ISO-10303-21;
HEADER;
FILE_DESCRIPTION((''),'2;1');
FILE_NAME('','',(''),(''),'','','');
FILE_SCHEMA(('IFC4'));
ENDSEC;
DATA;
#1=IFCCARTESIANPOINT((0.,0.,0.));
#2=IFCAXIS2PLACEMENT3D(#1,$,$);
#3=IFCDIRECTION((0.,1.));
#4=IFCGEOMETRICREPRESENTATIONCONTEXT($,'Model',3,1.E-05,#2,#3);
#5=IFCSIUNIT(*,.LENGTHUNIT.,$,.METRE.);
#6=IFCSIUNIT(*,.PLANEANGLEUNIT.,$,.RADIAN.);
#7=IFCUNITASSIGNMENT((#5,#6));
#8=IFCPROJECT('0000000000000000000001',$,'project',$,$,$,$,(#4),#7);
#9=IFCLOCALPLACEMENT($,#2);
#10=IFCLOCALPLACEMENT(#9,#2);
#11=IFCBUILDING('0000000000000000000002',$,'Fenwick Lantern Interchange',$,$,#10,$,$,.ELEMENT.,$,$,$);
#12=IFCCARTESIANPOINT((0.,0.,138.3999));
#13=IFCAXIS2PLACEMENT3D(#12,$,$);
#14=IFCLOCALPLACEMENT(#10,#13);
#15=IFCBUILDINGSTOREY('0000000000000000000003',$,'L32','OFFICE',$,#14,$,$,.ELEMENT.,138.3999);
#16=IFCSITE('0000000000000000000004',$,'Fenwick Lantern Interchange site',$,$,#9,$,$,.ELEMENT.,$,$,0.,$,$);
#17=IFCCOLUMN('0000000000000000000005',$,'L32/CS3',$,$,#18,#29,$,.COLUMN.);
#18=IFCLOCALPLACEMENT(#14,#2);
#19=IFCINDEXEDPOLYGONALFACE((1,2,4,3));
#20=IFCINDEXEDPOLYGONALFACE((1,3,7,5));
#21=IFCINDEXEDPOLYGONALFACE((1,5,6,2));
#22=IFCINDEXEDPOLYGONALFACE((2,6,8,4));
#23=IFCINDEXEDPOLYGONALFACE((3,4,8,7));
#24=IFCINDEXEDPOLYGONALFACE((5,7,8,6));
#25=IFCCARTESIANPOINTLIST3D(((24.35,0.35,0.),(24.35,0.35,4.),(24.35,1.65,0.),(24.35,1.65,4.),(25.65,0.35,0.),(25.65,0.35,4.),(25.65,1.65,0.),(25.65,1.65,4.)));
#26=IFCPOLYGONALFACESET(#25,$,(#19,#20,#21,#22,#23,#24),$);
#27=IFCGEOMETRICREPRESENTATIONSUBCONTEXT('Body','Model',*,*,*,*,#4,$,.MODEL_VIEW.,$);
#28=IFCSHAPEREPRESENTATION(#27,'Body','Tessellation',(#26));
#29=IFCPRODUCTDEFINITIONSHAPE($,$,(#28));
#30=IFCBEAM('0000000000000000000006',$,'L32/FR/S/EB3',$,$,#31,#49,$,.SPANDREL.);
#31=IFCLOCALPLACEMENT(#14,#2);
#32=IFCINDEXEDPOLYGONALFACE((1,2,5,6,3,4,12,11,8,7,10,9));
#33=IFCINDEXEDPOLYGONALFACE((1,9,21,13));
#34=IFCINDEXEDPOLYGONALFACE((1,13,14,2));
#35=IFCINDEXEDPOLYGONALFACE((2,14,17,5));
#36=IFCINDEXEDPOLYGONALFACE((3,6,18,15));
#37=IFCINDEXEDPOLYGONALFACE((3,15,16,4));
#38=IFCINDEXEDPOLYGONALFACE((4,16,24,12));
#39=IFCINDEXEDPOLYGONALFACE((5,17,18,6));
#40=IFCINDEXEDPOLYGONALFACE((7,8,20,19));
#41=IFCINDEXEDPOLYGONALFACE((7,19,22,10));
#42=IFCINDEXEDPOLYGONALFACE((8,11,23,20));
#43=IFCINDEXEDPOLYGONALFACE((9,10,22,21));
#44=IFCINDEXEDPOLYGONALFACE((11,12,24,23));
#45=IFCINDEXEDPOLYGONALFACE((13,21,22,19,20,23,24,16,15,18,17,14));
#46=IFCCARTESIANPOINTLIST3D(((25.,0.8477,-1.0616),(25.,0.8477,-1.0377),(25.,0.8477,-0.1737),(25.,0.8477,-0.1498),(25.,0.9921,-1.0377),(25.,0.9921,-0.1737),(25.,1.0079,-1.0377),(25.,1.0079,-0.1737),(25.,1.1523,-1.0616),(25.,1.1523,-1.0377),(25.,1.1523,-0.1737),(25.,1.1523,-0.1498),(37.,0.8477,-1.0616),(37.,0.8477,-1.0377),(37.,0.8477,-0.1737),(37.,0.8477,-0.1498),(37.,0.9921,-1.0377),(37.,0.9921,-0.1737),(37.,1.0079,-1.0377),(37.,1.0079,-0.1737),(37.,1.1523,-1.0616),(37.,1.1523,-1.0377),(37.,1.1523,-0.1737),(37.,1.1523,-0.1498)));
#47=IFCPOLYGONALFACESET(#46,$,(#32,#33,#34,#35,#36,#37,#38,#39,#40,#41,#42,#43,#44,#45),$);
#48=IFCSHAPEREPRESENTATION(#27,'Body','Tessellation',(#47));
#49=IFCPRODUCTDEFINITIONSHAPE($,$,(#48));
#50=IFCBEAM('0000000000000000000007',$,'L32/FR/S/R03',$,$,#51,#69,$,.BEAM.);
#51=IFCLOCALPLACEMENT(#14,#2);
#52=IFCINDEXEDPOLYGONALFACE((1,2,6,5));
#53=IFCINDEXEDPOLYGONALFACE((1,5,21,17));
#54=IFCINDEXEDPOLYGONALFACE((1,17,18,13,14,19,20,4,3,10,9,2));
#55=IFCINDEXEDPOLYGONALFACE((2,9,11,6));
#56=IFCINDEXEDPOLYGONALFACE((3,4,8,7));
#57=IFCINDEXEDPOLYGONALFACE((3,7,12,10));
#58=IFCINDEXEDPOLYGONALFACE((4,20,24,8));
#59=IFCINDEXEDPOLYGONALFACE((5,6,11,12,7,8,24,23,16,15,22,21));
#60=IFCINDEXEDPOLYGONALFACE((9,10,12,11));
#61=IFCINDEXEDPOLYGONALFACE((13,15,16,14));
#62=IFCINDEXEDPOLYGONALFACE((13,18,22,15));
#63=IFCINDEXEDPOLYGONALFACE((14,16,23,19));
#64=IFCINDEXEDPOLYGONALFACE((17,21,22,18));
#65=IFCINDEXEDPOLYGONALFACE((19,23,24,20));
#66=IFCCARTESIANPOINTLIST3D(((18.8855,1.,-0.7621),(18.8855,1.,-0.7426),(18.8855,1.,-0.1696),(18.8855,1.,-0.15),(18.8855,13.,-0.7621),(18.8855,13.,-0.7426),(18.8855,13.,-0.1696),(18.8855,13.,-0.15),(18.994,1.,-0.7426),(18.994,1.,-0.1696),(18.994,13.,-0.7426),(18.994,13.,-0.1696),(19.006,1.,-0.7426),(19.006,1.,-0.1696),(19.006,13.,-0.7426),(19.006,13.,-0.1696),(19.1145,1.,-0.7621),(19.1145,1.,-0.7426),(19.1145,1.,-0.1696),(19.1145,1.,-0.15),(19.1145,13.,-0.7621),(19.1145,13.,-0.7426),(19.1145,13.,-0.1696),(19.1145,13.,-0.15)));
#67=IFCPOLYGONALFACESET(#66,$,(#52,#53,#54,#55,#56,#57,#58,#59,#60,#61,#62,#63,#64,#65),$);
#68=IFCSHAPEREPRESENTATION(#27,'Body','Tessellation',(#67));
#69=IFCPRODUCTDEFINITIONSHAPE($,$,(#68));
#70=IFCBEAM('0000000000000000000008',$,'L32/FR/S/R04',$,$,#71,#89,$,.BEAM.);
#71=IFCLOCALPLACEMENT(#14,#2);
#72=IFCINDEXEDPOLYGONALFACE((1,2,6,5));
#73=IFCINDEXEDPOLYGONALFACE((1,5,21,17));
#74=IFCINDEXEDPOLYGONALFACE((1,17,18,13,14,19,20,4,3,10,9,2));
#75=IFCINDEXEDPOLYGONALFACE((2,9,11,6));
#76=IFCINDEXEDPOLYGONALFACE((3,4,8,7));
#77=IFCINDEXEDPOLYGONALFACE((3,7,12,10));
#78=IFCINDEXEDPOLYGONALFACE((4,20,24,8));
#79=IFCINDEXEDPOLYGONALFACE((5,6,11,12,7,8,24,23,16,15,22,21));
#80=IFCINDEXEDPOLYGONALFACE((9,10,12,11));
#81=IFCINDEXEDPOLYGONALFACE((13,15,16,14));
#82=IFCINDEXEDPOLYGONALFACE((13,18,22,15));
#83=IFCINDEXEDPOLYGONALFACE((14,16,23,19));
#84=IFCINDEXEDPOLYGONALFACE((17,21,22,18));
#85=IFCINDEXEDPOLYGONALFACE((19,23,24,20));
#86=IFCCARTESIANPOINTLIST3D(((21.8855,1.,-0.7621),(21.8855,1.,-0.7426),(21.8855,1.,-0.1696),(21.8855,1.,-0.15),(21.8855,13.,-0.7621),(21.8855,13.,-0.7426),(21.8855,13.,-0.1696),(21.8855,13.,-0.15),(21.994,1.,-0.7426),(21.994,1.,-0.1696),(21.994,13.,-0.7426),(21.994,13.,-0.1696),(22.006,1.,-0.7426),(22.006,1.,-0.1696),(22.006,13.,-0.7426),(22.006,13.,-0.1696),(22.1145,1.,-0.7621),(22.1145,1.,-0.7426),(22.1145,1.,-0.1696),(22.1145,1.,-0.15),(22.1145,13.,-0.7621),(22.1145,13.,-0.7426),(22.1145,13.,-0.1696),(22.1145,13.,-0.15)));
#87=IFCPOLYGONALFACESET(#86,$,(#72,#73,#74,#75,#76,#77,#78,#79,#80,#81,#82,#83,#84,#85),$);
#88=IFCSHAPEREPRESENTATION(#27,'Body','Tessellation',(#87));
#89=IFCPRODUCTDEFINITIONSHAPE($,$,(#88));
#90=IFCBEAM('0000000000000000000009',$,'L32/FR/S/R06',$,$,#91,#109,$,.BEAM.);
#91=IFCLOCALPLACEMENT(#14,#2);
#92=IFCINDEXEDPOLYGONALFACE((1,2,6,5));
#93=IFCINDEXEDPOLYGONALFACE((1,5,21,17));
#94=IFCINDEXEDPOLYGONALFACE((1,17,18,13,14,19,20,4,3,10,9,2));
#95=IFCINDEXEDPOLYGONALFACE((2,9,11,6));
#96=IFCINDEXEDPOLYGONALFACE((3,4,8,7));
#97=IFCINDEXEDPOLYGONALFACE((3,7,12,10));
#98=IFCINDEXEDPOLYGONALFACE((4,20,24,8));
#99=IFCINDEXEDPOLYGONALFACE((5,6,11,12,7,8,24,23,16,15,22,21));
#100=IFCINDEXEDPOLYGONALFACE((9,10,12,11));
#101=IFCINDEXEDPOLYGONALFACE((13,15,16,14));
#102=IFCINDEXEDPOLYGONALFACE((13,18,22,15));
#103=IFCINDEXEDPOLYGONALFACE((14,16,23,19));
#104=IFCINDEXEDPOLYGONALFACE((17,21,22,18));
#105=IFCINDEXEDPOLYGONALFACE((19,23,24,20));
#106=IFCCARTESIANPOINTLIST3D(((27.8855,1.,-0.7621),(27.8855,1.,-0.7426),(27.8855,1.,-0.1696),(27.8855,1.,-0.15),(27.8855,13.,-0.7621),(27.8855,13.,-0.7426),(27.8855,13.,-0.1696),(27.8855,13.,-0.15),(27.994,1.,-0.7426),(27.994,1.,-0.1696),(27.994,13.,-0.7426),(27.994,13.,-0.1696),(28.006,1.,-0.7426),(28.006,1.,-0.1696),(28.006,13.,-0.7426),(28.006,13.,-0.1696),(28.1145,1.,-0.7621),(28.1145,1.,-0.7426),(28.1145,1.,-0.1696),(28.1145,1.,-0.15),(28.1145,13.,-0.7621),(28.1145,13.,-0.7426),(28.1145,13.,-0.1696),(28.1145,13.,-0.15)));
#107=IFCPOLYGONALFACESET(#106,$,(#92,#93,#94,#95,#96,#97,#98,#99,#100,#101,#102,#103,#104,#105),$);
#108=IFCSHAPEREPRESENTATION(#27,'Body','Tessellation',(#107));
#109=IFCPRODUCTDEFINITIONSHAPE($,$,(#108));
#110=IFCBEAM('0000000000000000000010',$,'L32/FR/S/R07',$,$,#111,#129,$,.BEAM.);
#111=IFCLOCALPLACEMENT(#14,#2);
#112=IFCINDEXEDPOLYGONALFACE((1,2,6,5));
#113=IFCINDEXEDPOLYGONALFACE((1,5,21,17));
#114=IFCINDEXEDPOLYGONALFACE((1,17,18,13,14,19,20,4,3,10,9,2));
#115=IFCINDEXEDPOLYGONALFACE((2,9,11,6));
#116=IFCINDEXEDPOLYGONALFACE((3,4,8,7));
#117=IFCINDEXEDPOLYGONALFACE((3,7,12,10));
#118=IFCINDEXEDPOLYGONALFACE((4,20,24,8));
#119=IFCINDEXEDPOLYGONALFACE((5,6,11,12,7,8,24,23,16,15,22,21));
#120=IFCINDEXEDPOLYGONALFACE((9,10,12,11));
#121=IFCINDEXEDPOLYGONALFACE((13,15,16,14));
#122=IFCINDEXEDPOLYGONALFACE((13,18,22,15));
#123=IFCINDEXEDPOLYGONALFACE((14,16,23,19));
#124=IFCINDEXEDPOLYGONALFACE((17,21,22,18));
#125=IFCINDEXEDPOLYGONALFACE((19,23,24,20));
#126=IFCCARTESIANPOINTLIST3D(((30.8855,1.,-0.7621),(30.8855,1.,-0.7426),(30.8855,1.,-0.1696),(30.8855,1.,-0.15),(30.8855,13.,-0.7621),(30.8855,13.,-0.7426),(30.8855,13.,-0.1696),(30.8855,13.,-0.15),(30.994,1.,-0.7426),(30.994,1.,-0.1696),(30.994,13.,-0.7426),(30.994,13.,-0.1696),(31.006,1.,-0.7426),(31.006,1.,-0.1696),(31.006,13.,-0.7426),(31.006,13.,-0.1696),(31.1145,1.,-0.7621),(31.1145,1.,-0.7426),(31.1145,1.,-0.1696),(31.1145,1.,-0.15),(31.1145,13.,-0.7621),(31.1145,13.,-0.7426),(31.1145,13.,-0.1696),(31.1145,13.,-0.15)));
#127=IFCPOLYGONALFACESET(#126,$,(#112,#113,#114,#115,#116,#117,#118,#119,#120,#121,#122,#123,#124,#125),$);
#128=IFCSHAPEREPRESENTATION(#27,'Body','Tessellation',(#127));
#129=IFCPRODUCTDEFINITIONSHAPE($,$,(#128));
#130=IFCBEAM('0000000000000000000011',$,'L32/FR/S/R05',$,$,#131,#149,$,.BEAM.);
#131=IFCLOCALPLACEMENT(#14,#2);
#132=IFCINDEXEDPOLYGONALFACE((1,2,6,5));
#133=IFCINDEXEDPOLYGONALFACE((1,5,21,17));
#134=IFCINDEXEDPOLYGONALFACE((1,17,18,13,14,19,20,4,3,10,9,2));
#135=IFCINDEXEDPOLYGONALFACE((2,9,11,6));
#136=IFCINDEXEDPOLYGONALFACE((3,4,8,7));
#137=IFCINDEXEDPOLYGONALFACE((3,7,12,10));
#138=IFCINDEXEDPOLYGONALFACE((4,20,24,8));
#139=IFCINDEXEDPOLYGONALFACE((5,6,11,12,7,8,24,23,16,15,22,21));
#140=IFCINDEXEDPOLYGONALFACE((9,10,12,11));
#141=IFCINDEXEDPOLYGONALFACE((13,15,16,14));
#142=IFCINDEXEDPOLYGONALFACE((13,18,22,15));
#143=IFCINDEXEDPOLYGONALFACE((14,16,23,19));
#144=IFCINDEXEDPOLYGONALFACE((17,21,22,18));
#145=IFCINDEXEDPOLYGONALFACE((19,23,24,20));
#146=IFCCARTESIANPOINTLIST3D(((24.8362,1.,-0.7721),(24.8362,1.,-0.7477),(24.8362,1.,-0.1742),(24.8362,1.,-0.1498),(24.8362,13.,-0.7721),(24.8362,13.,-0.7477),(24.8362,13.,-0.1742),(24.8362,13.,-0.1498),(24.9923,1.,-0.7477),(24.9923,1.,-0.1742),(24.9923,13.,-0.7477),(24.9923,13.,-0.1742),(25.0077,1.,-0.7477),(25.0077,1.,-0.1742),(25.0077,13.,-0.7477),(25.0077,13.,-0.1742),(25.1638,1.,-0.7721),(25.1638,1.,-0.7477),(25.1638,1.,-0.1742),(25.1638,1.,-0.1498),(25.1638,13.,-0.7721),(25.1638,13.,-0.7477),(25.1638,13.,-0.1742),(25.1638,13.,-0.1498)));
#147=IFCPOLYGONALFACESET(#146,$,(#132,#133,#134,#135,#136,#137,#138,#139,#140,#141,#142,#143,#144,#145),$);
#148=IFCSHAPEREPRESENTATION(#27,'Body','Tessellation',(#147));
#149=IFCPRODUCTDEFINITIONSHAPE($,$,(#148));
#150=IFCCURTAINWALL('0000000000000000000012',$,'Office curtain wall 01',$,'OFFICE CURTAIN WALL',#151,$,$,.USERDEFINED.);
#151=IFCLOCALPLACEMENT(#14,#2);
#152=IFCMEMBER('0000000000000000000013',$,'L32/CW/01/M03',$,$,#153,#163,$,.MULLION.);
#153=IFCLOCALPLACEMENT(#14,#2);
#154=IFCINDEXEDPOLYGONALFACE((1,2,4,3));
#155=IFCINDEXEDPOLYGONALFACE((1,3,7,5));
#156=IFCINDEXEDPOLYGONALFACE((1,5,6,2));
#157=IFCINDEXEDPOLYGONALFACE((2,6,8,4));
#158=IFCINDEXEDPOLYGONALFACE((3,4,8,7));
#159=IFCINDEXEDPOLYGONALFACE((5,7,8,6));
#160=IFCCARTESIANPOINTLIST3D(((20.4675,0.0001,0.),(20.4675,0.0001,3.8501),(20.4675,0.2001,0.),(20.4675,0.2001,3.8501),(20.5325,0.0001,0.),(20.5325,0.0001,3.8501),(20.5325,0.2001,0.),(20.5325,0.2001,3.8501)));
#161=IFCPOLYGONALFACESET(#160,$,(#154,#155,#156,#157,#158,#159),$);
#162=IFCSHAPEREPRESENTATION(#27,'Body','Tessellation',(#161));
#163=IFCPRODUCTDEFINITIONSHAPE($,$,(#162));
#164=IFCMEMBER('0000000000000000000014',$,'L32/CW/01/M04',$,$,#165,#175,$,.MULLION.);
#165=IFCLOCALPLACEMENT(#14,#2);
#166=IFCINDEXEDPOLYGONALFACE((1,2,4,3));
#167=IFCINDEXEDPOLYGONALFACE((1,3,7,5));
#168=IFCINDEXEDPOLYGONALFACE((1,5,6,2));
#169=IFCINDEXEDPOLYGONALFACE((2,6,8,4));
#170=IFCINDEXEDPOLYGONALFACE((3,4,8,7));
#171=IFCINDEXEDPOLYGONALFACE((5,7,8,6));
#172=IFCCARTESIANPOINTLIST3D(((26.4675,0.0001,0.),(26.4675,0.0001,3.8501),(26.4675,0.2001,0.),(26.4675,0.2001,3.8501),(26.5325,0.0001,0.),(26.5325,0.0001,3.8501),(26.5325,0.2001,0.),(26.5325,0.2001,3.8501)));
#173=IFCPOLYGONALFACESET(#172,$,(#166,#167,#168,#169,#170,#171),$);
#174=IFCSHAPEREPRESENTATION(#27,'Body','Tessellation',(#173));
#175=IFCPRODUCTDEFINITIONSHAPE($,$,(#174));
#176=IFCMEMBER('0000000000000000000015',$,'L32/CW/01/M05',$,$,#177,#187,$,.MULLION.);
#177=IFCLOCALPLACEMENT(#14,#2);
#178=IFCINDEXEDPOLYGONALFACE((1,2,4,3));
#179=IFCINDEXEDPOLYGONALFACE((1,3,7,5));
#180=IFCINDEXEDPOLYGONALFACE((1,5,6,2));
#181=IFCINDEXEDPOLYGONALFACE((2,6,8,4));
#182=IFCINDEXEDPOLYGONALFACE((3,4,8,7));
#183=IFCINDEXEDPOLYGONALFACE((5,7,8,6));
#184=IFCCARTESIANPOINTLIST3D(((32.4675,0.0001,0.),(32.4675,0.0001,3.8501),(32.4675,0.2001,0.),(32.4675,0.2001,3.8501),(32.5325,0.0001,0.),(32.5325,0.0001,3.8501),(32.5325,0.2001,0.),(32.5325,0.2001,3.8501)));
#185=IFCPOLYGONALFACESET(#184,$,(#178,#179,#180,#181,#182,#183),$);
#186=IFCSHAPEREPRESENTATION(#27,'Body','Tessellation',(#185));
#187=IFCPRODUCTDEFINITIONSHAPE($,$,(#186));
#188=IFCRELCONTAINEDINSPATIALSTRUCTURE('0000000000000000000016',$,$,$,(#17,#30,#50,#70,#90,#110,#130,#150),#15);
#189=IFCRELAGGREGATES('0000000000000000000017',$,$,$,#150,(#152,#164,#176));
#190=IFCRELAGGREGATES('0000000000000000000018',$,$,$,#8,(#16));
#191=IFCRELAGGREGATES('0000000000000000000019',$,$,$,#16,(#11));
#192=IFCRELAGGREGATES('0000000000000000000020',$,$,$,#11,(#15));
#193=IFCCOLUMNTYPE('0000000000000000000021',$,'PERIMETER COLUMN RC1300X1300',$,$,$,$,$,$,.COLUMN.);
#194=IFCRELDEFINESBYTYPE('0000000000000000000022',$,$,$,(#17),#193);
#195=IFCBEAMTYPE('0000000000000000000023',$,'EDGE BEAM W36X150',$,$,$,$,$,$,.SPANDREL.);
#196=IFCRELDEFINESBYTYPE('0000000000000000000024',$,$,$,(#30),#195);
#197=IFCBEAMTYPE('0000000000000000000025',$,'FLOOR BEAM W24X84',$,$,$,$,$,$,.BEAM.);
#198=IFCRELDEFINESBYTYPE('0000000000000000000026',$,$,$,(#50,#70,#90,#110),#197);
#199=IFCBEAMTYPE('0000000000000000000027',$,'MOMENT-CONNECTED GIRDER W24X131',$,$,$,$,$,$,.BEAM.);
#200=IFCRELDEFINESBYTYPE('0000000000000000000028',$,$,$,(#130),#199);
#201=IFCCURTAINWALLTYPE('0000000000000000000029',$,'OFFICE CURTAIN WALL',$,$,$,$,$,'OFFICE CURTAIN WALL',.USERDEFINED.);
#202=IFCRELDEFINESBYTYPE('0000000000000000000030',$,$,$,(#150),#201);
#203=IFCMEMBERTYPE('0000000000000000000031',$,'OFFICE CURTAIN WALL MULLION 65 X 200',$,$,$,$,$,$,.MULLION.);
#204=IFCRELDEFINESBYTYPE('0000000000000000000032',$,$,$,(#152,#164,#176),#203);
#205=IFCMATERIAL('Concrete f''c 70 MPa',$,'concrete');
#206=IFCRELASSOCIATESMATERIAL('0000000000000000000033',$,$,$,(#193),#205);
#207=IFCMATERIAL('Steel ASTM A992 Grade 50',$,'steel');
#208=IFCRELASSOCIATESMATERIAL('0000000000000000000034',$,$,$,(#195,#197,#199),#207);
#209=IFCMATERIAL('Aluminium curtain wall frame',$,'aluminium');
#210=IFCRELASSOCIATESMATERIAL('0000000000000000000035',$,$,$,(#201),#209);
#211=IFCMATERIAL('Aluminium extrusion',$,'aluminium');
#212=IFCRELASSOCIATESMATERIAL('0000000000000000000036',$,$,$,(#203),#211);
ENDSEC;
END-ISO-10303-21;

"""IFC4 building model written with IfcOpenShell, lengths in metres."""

from ifc_helpers import new_model, si_unit, direction, frame, origin, origin_2d, place, context, subcontext, project, spatial, rectangle, i_section, extrude, material, material_profile, profile_set, type_object, element, aggregate, save


model = new_model("IFC4")

# Units and contexts
model_context = context("Model", 3, precision=1e-05, world=origin(), true_north=direction((0.0, 1.0)))
body_context = subcontext(model_context, "Body", "Model", "MODEL_VIEW")
ifc_project = project(units=[si_unit("LENGTHUNIT", "METRE"), si_unit("PLANEANGLEUNIT", "RADIAN")], contexts=[model_context])

# Site, building, storey
site_placement = place(None, origin())
site = spatial("IfcSite", under=ifc_project, at=site_placement, Name="Fenwick Lantern Interchange site", CompositionType="ELEMENT", RefElevation=0.0)
building_placement = place(site_placement, origin())
building = spatial("IfcBuilding", under=site, at=building_placement, Name="Fenwick Lantern Interchange", CompositionType="ELEMENT")
storey_placement = place(building_placement, frame((0.0, 0.0, 138.3999)))
storey = spatial("IfcBuildingStorey", under=building, at=storey_placement, Name="L32", Description="OFFICE", CompositionType="ELEMENT", Elevation=138.3999)

# Column
ifc_material_1 = material(Name="Concrete f'c 70 MPa", Category="concrete")
ifc_material_profile_1 = material_profile(ifc_material_1, rectangle(XDim=1.3, YDim=1.3, at=origin_2d()), Name="RC1300X1300")
ifc_profile_set_1 = profile_set([ifc_material_profile_1], Name="Concrete f'c 70 MPa")
column_type = type_object("IfcColumnType", Name="PERIMETER COLUMN RC1300X1300", PredefinedType="COLUMN", material=ifc_profile_set_1)
column_placement = place(storey_placement, frame((25.0, 1.0, 0.0), z_axis=(0.0, 0.0, 1.0), x_axis=(1.0, 0.0, 0.0)))
element("IfcColumn", 1, at=column_placement, inside=storey, type_object=column_type, Name="L32/CS3", PredefinedType="COLUMN", context=body_context, shape_type="SweptSolid", body=[
    extrude(rectangle(XDim=1.3, YDim=1.3, at=origin_2d()), origin(), (0.0, 0.0, 1.0), 4.0),
])

# Beams
ifc_material_2 = material(Name="Steel ASTM A992 Grade 50", Category="steel")
ifc_material_profile_2 = material_profile(ifc_material_2, i_section(OverallWidth=0.3047, OverallDepth=0.9119, WebThickness=0.0159, FlangeThickness=0.0239, at=origin_2d()), Name="W36X150")
ifc_profile_set_2 = profile_set([ifc_material_profile_2], Name="Steel ASTM A992 Grade 50")
beam_type_1 = type_object("IfcBeamType", Name="EDGE BEAM W36X150", PredefinedType="SPANDREL", material=ifc_profile_set_2)
beam_1_placement = place(storey_placement, frame((25.0, 1.0, -0.6057), z_axis=(1.0, 0.0, 0.0), x_axis=(0.0, 1.0, 0.0)))
element("IfcBeam", 2, at=beam_1_placement, inside=storey, type_object=beam_type_1, Name="L32/FR/S/EB3", PredefinedType="SPANDREL", context=body_context, shape_type="SweptSolid", body=[
    extrude(i_section(OverallWidth=0.3047, OverallDepth=0.9119, WebThickness=0.0159, FlangeThickness=0.0239, at=origin_2d()), origin(), (0.0, 0.0, 1.0), 12.0),
])
ifc_material_profile_3 = material_profile(ifc_material_2, i_section(OverallWidth=0.229, OverallDepth=0.6121, WebThickness=0.012, FlangeThickness=0.0195, at=origin_2d()), Name="W24X84")
ifc_profile_set_3 = profile_set([ifc_material_profile_3], Name="Steel ASTM A992 Grade 50")
beam_type_2 = type_object("IfcBeamType", Name="FLOOR BEAM W24X84", PredefinedType="BEAM", material=ifc_profile_set_3)
for number, where, z_axis, x_axis, name in (
    (3, (19.0, 1.0, -0.4561), (0.0, 1.0, 0.0), (-1.0, 0.0, 0.0), "L32/FR/S/R03"),
    (4, (22.0, 1.0, -0.4561), (0.0, 1.0, 0.0), (-1.0, 0.0, 0.0), "L32/FR/S/R04"),
    (5, (28.0, 1.0, -0.4561), (0.0, 1.0, 0.0), (-1.0, 0.0, 0.0), "L32/FR/S/R06"),
    (6, (31.0, 1.0, -0.4561), (0.0, 1.0, 0.0), (-1.0, 0.0, 0.0), "L32/FR/S/R07"),
):
    element("IfcBeam", number, at=place(storey_placement, frame(where, z_axis=z_axis, x_axis=x_axis)), inside=storey, type_object=beam_type_2, Name=name, PredefinedType="BEAM", context=body_context, shape_type="SweptSolid", body=[
        extrude(i_section(OverallWidth=0.229, OverallDepth=0.6121, WebThickness=0.012, FlangeThickness=0.0195, at=origin_2d()), origin(), (0.0, 0.0, 1.0), 12.0),
    ])
ifc_material_profile_4 = material_profile(ifc_material_2, i_section(OverallWidth=0.3276, OverallDepth=0.6223, WebThickness=0.0154, FlangeThickness=0.0244, at=origin_2d()), Name="W24X131")
ifc_profile_set_4 = profile_set([ifc_material_profile_4], Name="Steel ASTM A992 Grade 50")
beam_type_3 = type_object("IfcBeamType", Name="MOMENT-CONNECTED GIRDER W24X131", PredefinedType="BEAM", material=ifc_profile_set_4)
beam_2_placement = place(storey_placement, frame((25.0, 1.0, -0.4609), z_axis=(0.0, 1.0, 0.0), x_axis=(-1.0, 0.0, 0.0)))
element("IfcBeam", 7, at=beam_2_placement, inside=storey, type_object=beam_type_3, Name="L32/FR/S/R05", PredefinedType="BEAM", context=body_context, shape_type="SweptSolid", body=[
    extrude(i_section(OverallWidth=0.3276, OverallDepth=0.6223, WebThickness=0.0154, FlangeThickness=0.0244, at=origin_2d()), origin(), (0.0, 0.0, 1.0), 12.0),
])

# Curtain wall, members
ifc_material_3 = material(Name="Aluminium curtain wall frame", Category="aluminium")
curtain_wall_type = type_object("IfcCurtainWallType", Name="OFFICE CURTAIN WALL", ElementType="OFFICE CURTAIN WALL", PredefinedType="USERDEFINED", material=ifc_material_3)
curtain_wall_placement = place(storey_placement, origin())
curtain_wall = element("IfcCurtainWall", 8, at=curtain_wall_placement, inside=storey, type_object=curtain_wall_type, Name="Office curtain wall 01", ObjectType="OFFICE CURTAIN WALL", PredefinedType="USERDEFINED")
ifc_material_4 = material(Name="Aluminium extrusion", Category="aluminium")
ifc_material_profile_5 = material_profile(ifc_material_4, rectangle(XDim=0.2, YDim=0.0649, at=origin_2d()), Name="OFFICE CURTAIN WALL MULLION 65 X 200")
ifc_profile_set_5 = profile_set([ifc_material_profile_5], Name="Aluminium extrusion")
member_type_1 = type_object("IfcMemberType", Name="OFFICE CURTAIN WALL MULLION 65 X 200", PredefinedType="MULLION", material=ifc_profile_set_5)
member_1_placement = place(storey_placement, frame((20.5, 0.1001, 0.0), z_axis=(0.0, 0.0, 1.0), x_axis=(0.0, 1.0, 0.0)))
member_1 = element("IfcMember", 9, at=member_1_placement, type_object=member_type_1, Name="L32/CW/01/M03", PredefinedType="MULLION", context=body_context, shape_type="SweptSolid", body=[
    extrude(rectangle(XDim=0.2, YDim=0.0649, at=origin_2d()), origin(), (0.0, 0.0, 1.0), 3.8501),
])
member_2_placement = place(storey_placement, frame((26.5, 0.1001, 0.0), z_axis=(0.0, 0.0, 1.0), x_axis=(0.0, 1.0, 0.0)))
member_2 = element("IfcMember", 10, at=member_2_placement, type_object=member_type_1, Name="L32/CW/01/M04", PredefinedType="MULLION", context=body_context, shape_type="SweptSolid", body=[
    extrude(rectangle(XDim=0.2, YDim=0.0649, at=origin_2d()), origin(), (0.0, 0.0, 1.0), 3.8501),
])
member_3_placement = place(storey_placement, frame((32.5, 0.1001, 0.0), z_axis=(0.0, 0.0, 1.0), x_axis=(0.0, 1.0, 0.0)))
member_3 = element("IfcMember", 11, at=member_3_placement, type_object=member_type_1, Name="L32/CW/01/M05", PredefinedType="MULLION", context=body_context, shape_type="SweptSolid", body=[
    extrude(rectangle(XDim=0.2, YDim=0.0649, at=origin_2d()), origin(), (0.0, 0.0, 1.0), 3.8501),
])
aggregate(curtain_wall, [member_1, member_2, member_3])

save(model, "model.ifc")
